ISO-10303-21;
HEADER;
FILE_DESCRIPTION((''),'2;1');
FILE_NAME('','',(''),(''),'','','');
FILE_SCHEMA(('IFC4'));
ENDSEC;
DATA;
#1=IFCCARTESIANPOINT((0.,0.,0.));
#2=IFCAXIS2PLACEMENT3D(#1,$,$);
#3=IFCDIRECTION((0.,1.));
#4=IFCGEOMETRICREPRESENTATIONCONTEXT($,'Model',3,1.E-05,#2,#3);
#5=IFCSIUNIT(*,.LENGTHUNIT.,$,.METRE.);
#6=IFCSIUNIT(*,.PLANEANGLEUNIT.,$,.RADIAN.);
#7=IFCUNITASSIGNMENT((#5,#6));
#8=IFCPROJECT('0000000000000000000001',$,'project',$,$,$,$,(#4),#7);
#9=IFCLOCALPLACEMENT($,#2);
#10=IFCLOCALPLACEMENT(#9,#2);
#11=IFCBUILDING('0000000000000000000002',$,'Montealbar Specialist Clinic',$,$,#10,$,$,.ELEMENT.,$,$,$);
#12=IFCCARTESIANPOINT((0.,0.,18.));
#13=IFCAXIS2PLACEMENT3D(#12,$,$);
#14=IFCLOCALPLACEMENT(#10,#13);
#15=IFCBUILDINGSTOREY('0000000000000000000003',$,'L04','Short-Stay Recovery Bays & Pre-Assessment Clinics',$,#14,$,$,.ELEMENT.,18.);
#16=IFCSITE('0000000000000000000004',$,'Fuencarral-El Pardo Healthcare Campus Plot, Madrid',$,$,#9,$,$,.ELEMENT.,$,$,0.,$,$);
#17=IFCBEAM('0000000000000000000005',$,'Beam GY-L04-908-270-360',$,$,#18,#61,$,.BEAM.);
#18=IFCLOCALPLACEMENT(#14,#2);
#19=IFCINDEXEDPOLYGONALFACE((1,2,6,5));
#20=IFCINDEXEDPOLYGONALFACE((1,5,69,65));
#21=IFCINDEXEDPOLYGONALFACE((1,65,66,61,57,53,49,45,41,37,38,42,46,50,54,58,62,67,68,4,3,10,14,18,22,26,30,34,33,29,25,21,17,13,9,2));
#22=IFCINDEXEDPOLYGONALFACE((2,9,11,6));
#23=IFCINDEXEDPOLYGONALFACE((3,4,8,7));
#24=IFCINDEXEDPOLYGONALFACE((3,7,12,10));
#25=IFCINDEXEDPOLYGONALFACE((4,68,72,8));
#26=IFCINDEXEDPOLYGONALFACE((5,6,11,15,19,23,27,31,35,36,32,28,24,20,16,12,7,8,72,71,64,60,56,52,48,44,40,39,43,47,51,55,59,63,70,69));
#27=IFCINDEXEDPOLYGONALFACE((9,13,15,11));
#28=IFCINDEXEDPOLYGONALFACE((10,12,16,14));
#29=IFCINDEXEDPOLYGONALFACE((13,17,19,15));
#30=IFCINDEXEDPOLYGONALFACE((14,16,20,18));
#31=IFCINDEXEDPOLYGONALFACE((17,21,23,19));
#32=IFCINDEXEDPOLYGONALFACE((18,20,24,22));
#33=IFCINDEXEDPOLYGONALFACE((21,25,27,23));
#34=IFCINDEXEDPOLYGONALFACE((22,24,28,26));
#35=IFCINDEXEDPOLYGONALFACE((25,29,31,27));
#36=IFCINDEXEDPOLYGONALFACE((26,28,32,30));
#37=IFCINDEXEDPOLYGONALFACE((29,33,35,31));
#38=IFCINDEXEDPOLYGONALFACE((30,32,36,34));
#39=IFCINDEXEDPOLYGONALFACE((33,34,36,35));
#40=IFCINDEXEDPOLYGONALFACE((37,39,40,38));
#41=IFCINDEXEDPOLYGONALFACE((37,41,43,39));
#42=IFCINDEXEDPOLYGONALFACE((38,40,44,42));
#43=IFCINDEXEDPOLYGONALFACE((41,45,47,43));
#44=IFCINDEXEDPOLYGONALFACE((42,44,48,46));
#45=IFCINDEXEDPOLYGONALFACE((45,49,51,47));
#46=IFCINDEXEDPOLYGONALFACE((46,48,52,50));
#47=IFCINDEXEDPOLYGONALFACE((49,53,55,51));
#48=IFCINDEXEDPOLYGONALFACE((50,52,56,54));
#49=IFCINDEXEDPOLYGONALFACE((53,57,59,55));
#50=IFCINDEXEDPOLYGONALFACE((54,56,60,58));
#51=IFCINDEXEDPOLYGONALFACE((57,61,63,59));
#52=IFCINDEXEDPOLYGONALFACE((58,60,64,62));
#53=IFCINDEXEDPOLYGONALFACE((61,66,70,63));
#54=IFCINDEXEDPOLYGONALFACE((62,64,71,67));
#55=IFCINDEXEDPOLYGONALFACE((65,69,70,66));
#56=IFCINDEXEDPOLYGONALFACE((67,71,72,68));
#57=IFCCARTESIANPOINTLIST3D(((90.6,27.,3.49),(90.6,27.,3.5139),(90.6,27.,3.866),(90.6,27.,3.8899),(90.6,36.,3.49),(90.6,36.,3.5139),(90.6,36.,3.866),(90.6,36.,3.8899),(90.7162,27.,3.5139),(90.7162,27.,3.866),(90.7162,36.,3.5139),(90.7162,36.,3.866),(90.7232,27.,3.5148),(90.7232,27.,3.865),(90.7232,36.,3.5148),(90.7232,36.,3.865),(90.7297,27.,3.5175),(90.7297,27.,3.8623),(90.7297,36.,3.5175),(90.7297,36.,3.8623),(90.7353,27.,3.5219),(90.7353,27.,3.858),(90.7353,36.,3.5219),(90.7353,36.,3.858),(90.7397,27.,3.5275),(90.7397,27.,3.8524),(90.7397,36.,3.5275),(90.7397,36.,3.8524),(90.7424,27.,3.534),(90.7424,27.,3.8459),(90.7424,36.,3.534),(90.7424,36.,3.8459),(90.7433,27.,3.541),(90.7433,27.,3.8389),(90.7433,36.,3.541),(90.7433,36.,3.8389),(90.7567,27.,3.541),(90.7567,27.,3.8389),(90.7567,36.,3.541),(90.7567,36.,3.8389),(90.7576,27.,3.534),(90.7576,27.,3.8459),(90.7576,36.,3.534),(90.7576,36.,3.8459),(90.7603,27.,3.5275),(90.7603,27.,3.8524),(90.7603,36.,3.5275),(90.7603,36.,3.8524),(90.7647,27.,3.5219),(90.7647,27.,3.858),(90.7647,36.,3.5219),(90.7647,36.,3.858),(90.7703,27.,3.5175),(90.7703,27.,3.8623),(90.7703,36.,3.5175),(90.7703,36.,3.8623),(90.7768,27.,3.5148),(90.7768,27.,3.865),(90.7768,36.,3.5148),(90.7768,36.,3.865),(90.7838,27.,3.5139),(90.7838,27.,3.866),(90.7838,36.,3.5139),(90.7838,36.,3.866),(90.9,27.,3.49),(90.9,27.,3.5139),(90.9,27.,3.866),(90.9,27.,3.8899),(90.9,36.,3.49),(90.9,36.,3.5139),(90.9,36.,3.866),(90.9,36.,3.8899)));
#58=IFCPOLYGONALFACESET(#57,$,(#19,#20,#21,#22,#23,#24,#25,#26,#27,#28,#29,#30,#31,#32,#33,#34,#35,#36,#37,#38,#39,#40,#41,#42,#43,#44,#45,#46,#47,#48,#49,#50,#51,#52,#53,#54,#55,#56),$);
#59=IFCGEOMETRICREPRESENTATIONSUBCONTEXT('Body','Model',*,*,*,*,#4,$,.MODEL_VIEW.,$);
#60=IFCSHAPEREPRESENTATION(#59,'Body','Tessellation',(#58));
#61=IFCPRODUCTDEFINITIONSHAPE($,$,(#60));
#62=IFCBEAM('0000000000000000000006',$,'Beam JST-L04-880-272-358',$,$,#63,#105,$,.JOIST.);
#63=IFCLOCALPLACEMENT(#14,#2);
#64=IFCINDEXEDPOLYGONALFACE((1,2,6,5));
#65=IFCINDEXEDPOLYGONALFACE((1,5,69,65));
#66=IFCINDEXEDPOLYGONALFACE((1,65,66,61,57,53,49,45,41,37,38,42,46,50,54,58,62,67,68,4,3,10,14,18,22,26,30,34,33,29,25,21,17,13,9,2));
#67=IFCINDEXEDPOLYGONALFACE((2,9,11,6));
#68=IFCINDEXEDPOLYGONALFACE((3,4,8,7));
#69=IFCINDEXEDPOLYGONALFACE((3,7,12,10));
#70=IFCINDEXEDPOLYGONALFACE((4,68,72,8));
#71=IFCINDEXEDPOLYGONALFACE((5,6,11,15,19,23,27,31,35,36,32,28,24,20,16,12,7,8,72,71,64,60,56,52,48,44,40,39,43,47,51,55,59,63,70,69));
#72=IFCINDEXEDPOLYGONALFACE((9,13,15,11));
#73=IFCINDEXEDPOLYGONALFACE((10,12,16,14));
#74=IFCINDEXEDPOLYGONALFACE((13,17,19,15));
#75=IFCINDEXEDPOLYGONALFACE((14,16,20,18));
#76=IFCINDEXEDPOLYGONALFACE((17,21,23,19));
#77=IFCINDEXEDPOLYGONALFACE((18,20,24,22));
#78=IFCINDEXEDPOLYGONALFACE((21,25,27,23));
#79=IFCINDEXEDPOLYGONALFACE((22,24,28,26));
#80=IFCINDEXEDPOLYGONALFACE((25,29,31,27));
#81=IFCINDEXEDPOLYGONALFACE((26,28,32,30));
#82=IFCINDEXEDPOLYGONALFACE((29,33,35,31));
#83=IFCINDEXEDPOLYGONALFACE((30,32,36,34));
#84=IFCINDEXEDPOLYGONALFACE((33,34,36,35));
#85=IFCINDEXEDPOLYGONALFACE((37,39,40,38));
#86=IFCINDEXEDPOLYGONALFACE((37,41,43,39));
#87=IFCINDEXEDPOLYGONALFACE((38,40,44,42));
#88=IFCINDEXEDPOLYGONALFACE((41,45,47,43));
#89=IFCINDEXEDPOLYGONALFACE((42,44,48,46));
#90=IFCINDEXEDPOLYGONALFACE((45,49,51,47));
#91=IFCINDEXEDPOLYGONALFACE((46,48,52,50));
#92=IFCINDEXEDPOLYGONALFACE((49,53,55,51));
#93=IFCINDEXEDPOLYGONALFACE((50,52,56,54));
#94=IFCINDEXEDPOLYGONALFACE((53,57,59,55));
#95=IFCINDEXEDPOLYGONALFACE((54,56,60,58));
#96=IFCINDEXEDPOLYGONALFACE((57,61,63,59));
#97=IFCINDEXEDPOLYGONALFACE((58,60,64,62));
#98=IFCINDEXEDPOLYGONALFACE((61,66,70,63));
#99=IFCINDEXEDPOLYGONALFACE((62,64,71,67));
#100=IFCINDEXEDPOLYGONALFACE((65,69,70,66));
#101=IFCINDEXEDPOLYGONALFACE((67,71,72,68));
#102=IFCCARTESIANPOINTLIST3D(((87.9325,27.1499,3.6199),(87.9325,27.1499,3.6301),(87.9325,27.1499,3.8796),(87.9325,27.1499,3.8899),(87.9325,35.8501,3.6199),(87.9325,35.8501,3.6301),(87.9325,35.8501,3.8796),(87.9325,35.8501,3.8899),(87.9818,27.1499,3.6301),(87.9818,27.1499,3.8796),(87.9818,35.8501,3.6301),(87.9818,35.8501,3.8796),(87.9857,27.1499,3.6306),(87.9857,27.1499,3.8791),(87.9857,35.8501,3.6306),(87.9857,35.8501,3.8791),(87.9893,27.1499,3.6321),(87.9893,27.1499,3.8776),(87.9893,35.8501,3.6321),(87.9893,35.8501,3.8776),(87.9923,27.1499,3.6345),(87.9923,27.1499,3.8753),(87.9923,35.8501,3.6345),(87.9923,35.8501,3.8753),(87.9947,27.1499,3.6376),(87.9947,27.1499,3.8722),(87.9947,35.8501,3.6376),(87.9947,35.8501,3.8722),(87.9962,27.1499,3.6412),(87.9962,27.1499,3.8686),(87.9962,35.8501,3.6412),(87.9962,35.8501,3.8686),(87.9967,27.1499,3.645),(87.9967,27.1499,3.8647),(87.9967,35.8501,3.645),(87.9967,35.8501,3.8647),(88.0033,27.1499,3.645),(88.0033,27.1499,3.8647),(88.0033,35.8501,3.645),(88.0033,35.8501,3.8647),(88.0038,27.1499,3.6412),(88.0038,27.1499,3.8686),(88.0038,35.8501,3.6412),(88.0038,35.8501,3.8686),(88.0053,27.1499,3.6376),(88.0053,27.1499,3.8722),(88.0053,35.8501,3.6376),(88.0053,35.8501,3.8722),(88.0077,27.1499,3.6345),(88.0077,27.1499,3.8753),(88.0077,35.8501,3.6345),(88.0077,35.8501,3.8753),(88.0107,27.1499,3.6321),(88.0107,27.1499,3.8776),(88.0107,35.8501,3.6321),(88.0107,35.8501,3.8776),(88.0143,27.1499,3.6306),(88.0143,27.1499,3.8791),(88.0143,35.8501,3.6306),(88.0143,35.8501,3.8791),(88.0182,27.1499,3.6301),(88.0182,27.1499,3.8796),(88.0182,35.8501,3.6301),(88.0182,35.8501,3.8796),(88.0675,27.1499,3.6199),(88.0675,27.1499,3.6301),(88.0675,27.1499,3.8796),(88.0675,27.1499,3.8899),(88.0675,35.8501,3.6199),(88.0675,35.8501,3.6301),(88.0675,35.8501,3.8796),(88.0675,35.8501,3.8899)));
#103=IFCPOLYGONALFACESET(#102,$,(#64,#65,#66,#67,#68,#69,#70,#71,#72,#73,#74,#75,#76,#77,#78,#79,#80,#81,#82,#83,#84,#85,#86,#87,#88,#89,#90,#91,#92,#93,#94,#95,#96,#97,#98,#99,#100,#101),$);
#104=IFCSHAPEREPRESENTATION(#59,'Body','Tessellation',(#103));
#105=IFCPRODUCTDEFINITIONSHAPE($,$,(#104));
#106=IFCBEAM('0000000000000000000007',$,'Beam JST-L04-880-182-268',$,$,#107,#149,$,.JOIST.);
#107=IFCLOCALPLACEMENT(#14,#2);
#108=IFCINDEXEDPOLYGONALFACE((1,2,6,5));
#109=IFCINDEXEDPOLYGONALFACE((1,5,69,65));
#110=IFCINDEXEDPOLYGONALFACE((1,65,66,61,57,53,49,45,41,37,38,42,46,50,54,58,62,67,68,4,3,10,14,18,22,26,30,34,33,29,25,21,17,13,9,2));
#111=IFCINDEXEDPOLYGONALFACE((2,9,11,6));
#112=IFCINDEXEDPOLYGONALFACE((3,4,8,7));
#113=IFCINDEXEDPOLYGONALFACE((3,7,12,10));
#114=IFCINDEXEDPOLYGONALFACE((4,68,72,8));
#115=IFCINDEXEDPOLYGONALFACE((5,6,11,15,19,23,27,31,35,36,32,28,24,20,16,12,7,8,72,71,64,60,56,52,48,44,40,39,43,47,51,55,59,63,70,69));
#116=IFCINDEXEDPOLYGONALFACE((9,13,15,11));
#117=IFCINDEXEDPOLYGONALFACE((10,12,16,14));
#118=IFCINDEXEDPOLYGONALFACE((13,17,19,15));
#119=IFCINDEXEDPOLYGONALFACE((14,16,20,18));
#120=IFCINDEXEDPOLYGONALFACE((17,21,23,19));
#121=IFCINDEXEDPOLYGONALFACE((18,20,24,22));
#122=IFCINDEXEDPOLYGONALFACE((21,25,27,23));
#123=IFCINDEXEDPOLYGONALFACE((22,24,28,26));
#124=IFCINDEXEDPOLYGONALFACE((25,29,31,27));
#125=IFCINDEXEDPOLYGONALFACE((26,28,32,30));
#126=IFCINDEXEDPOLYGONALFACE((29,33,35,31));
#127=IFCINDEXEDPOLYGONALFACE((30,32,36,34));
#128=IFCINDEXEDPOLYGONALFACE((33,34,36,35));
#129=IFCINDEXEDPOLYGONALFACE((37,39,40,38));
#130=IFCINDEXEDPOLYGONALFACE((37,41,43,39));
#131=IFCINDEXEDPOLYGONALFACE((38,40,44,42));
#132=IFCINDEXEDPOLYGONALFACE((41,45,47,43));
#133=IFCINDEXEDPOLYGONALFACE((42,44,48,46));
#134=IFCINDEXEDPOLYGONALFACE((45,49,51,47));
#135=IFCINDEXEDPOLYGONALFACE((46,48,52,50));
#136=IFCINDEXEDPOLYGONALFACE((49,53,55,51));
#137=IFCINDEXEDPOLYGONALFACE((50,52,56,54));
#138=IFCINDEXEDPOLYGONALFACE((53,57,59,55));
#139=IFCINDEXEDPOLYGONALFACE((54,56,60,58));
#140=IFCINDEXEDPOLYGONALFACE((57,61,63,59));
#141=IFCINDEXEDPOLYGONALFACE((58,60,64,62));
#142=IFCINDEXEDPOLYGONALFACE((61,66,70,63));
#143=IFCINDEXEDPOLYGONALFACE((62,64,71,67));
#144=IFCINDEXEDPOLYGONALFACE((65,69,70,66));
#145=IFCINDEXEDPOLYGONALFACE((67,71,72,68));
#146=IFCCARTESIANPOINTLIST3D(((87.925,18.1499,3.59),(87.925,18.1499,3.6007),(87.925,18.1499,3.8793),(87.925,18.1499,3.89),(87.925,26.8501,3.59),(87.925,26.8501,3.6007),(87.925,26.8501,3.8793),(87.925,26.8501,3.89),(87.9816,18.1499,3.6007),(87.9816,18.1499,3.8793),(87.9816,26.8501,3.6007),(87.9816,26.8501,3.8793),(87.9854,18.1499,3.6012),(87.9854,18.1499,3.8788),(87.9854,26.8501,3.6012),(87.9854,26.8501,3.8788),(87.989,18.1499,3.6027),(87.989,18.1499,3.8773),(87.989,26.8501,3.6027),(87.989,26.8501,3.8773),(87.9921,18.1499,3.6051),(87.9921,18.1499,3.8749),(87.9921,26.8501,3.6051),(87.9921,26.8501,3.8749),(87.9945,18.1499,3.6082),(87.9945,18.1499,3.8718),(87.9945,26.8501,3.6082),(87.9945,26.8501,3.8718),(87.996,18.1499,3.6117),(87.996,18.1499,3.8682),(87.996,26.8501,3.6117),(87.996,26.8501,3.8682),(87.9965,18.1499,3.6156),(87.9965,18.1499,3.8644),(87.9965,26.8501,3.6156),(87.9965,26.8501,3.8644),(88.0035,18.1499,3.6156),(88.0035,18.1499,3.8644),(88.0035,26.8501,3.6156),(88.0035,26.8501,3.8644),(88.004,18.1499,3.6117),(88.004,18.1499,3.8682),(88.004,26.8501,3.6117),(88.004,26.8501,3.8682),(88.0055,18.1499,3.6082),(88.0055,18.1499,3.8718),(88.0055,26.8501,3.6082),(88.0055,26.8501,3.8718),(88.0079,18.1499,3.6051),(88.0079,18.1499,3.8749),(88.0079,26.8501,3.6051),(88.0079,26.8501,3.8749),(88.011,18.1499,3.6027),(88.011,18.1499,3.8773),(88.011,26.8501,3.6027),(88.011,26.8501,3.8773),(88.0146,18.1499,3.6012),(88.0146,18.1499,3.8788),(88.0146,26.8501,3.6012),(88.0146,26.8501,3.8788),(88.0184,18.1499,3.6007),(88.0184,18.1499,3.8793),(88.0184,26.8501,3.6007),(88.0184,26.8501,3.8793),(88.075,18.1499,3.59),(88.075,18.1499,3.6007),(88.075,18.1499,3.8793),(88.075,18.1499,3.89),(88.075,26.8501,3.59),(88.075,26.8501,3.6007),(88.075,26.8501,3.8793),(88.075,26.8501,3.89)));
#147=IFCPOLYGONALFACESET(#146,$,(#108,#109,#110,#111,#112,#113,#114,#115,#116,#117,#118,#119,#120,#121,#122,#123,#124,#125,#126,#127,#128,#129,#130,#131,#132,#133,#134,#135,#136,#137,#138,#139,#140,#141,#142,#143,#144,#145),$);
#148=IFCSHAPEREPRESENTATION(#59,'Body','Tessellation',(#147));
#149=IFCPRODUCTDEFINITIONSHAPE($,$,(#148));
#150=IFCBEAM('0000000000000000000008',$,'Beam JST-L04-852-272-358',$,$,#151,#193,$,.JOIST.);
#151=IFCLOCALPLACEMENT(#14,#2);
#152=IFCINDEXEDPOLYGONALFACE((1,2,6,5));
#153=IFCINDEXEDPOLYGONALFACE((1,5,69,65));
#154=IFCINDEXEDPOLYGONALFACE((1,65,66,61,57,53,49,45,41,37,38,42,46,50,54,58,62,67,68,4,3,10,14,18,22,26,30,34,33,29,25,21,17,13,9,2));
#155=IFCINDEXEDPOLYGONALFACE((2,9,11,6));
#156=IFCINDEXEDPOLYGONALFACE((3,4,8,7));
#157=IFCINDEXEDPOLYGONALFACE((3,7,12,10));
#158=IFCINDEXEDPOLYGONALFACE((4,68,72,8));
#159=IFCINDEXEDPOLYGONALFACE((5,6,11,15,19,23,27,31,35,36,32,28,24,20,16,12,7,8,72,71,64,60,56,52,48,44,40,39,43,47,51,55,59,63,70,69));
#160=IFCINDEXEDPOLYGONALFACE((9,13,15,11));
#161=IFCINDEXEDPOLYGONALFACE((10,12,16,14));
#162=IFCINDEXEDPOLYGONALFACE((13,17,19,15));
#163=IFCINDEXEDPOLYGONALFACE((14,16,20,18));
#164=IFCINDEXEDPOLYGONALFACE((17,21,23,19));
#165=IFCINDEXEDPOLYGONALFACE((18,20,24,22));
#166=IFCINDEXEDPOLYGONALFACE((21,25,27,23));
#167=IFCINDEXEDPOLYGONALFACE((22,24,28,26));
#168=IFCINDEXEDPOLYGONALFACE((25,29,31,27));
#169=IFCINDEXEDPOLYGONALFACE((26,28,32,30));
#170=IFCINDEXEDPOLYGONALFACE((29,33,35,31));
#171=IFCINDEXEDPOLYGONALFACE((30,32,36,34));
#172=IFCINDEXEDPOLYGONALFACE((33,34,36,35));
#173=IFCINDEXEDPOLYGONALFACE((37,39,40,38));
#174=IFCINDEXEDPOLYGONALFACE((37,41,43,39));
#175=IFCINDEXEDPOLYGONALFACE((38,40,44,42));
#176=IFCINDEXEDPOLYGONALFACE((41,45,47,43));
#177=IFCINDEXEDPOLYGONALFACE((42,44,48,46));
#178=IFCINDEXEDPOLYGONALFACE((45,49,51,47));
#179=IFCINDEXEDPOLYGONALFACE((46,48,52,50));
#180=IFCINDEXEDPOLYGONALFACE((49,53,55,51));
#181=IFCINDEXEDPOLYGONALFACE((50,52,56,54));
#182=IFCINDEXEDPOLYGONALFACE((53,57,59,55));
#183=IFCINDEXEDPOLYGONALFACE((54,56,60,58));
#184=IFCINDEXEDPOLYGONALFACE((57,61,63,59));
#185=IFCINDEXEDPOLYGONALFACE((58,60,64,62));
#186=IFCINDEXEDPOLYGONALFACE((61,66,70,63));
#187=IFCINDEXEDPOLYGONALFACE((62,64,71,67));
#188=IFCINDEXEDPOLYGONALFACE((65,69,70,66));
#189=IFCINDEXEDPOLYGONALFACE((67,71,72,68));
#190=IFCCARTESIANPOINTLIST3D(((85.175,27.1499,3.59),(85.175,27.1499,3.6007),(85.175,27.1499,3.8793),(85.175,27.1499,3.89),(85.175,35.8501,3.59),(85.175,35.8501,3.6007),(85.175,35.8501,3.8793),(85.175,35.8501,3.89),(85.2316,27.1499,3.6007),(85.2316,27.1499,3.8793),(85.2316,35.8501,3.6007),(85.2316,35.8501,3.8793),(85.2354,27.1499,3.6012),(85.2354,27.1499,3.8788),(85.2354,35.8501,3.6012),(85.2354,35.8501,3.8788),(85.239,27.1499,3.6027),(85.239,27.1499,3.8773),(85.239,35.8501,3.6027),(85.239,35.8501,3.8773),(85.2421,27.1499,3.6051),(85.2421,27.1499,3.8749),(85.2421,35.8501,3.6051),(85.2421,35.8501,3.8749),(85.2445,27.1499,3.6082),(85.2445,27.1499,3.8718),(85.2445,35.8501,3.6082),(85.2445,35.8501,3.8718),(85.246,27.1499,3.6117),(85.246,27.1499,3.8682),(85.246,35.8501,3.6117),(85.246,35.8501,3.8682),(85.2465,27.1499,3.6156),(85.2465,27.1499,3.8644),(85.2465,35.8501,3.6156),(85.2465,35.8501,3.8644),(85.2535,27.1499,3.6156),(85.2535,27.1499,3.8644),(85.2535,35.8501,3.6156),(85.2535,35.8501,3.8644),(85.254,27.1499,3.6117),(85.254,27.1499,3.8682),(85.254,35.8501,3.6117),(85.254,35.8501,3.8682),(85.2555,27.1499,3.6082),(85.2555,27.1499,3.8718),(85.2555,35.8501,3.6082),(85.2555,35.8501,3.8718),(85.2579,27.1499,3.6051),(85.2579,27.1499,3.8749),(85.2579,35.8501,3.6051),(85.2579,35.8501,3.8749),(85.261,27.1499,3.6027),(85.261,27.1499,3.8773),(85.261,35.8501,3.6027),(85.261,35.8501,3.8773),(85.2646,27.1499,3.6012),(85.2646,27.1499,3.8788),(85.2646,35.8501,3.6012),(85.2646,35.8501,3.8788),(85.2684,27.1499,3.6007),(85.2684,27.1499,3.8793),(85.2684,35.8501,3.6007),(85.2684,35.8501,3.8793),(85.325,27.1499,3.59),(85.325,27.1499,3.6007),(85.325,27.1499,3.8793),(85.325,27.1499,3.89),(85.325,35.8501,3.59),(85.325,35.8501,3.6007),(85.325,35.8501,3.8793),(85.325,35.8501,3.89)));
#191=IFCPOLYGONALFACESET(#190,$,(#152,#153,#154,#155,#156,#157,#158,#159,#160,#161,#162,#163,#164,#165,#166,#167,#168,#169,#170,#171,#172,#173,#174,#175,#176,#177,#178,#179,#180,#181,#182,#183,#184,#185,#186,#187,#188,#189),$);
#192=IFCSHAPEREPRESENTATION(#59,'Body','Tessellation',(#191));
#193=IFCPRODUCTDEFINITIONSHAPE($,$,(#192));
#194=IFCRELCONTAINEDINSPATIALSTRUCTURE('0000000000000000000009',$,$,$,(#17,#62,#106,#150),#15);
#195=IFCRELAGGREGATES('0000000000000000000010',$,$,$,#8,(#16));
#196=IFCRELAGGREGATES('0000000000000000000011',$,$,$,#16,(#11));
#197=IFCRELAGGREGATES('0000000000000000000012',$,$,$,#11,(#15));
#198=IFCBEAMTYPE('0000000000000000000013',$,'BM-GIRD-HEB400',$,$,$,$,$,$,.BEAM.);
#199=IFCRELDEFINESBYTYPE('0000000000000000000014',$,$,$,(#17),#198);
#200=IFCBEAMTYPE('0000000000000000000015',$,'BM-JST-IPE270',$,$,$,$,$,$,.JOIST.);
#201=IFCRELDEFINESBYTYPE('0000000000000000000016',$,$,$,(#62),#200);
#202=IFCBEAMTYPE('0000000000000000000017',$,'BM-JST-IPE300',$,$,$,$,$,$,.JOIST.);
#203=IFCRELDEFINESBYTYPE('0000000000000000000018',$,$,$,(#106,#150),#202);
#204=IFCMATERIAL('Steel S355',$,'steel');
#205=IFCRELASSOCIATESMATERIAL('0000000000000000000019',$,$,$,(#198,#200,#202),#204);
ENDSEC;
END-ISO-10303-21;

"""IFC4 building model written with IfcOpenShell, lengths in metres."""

from ifc_helpers import new_model, si_unit, direction, frame, origin, origin_2d, place, context, subcontext, project, spatial, i_section, extrude, material, material_profile, profile_set, type_object, element, save


model = new_model("IFC4")

# Units and contexts
model_context = context("Model", 3, precision=1e-05, world=origin(), true_north=direction((0.0, 1.0)))
body_context = subcontext(model_context, "Body", "Model", "MODEL_VIEW")
ifc_project = project(units=[si_unit("LENGTHUNIT", "METRE"), si_unit("PLANEANGLEUNIT", "RADIAN")], contexts=[model_context])

# Site, building, storey
site_placement = place(None, origin())
site = spatial("IfcSite", under=ifc_project, at=site_placement, Name="Fuencarral-El Pardo Healthcare Campus Plot, Madrid", CompositionType="ELEMENT", RefElevation=0.0)
building_placement = place(site_placement, origin())
building = spatial("IfcBuilding", under=site, at=building_placement, Name="Montealbar Specialist Clinic", CompositionType="ELEMENT")
storey_placement = place(building_placement, frame((0.0, 0.0, 18.0)))
storey = spatial("IfcBuildingStorey", under=building, at=storey_placement, Name="L04", Description="Short-Stay Recovery Bays & Pre-Assessment Clinics", CompositionType="ELEMENT", Elevation=18.0)

# Shared definitions
ifc_material_1 = material(Name="Steel S355", Category="steel")

# Beams
ifc_material_profile_1 = material_profile(ifc_material_1, i_section(OverallWidth=0.3, OverallDepth=0.3999, WebThickness=0.0134, FlangeThickness=0.0239, FilletRadius=0.0271, at=origin_2d()), Name="HEB 400", Category="steel")
ifc_profile_set_1 = profile_set([ifc_material_profile_1], Name="Steel S355")
beam_type_1 = type_object("IfcBeamType", Name="BM-GIRD-HEB400", PredefinedType="BEAM", material=ifc_profile_set_1)
for number, where, z_axis, x_axis, name in (
    (1, (90.75, 27.0, 3.6899), (0.0, 1.0, 0.0), (-1.0, 0.0, 0.0), "Beam GY-L04-908-270-360"),
):
    element("IfcBeam", number, at=place(storey_placement, frame(where, z_axis=z_axis, x_axis=x_axis)), inside=storey, type_object=beam_type_1, Name=name, PredefinedType="BEAM", context=body_context, shape_type="SweptSolid", body=[
        extrude(i_section(OverallWidth=0.3, OverallDepth=0.3999, WebThickness=0.0134, FlangeThickness=0.0239, FilletRadius=0.0271, at=origin_2d()), origin(), (0.0, 0.0, 1.0), 9.0),
    ])
ifc_material_profile_2 = material_profile(ifc_material_1, i_section(OverallWidth=0.135, OverallDepth=0.27, WebThickness=0.0066, FlangeThickness=0.0103, FilletRadius=0.0149, at=origin_2d()), Name="IPE 270", Category="steel")
ifc_profile_set_2 = profile_set([ifc_material_profile_2], Name="Steel S355")
beam_type_2 = type_object("IfcBeamType", Name="BM-JST-IPE270", PredefinedType="JOIST", material=ifc_profile_set_2)
beam_1_placement = place(storey_placement, frame((88.0, 27.1499, 3.7549), z_axis=(0.0, 1.0, 0.0), x_axis=(-1.0, 0.0, 0.0)))
element("IfcBeam", 2, at=beam_1_placement, inside=storey, type_object=beam_type_2, Name="Beam JST-L04-880-272-358", PredefinedType="JOIST", context=body_context, shape_type="SweptSolid", body=[
    extrude(i_section(OverallWidth=0.135, OverallDepth=0.27, WebThickness=0.0066, FlangeThickness=0.0103, FilletRadius=0.0149, at=origin_2d()), origin(), (0.0, 0.0, 1.0), 8.7002),
])
ifc_material_profile_3 = material_profile(ifc_material_1, i_section(OverallWidth=0.1499, OverallDepth=0.3, WebThickness=0.0071, FlangeThickness=0.0107, FilletRadius=0.0149, at=origin_2d()), Name="IPE 300", Category="steel")
ifc_profile_set_3 = profile_set([ifc_material_profile_3], Name="Steel S355")
beam_type_3 = type_object("IfcBeamType", Name="BM-JST-IPE300", PredefinedType="JOIST", material=ifc_profile_set_3)
for number, where, z_axis, x_axis, name in (
    (3, (88.0, 18.1499, 3.74), (0.0, 1.0, 0.0), (-1.0, 0.0, 0.0), "Beam JST-L04-880-182-268"),
    (4, (85.25, 27.1499, 3.74), (0.0, 1.0, 0.0), (-1.0, 0.0, 0.0), "Beam JST-L04-852-272-358"),
):
    element("IfcBeam", number, at=place(storey_placement, frame(where, z_axis=z_axis, x_axis=x_axis)), inside=storey, type_object=beam_type_3, Name=name, PredefinedType="JOIST", context=body_context, shape_type="SweptSolid", body=[
        extrude(i_section(OverallWidth=0.1499, OverallDepth=0.3, WebThickness=0.0071, FlangeThickness=0.0107, FilletRadius=0.0149, at=origin_2d()), origin(), (0.0, 0.0, 1.0), 8.7002),
    ])

save(model, "model.ifc")
